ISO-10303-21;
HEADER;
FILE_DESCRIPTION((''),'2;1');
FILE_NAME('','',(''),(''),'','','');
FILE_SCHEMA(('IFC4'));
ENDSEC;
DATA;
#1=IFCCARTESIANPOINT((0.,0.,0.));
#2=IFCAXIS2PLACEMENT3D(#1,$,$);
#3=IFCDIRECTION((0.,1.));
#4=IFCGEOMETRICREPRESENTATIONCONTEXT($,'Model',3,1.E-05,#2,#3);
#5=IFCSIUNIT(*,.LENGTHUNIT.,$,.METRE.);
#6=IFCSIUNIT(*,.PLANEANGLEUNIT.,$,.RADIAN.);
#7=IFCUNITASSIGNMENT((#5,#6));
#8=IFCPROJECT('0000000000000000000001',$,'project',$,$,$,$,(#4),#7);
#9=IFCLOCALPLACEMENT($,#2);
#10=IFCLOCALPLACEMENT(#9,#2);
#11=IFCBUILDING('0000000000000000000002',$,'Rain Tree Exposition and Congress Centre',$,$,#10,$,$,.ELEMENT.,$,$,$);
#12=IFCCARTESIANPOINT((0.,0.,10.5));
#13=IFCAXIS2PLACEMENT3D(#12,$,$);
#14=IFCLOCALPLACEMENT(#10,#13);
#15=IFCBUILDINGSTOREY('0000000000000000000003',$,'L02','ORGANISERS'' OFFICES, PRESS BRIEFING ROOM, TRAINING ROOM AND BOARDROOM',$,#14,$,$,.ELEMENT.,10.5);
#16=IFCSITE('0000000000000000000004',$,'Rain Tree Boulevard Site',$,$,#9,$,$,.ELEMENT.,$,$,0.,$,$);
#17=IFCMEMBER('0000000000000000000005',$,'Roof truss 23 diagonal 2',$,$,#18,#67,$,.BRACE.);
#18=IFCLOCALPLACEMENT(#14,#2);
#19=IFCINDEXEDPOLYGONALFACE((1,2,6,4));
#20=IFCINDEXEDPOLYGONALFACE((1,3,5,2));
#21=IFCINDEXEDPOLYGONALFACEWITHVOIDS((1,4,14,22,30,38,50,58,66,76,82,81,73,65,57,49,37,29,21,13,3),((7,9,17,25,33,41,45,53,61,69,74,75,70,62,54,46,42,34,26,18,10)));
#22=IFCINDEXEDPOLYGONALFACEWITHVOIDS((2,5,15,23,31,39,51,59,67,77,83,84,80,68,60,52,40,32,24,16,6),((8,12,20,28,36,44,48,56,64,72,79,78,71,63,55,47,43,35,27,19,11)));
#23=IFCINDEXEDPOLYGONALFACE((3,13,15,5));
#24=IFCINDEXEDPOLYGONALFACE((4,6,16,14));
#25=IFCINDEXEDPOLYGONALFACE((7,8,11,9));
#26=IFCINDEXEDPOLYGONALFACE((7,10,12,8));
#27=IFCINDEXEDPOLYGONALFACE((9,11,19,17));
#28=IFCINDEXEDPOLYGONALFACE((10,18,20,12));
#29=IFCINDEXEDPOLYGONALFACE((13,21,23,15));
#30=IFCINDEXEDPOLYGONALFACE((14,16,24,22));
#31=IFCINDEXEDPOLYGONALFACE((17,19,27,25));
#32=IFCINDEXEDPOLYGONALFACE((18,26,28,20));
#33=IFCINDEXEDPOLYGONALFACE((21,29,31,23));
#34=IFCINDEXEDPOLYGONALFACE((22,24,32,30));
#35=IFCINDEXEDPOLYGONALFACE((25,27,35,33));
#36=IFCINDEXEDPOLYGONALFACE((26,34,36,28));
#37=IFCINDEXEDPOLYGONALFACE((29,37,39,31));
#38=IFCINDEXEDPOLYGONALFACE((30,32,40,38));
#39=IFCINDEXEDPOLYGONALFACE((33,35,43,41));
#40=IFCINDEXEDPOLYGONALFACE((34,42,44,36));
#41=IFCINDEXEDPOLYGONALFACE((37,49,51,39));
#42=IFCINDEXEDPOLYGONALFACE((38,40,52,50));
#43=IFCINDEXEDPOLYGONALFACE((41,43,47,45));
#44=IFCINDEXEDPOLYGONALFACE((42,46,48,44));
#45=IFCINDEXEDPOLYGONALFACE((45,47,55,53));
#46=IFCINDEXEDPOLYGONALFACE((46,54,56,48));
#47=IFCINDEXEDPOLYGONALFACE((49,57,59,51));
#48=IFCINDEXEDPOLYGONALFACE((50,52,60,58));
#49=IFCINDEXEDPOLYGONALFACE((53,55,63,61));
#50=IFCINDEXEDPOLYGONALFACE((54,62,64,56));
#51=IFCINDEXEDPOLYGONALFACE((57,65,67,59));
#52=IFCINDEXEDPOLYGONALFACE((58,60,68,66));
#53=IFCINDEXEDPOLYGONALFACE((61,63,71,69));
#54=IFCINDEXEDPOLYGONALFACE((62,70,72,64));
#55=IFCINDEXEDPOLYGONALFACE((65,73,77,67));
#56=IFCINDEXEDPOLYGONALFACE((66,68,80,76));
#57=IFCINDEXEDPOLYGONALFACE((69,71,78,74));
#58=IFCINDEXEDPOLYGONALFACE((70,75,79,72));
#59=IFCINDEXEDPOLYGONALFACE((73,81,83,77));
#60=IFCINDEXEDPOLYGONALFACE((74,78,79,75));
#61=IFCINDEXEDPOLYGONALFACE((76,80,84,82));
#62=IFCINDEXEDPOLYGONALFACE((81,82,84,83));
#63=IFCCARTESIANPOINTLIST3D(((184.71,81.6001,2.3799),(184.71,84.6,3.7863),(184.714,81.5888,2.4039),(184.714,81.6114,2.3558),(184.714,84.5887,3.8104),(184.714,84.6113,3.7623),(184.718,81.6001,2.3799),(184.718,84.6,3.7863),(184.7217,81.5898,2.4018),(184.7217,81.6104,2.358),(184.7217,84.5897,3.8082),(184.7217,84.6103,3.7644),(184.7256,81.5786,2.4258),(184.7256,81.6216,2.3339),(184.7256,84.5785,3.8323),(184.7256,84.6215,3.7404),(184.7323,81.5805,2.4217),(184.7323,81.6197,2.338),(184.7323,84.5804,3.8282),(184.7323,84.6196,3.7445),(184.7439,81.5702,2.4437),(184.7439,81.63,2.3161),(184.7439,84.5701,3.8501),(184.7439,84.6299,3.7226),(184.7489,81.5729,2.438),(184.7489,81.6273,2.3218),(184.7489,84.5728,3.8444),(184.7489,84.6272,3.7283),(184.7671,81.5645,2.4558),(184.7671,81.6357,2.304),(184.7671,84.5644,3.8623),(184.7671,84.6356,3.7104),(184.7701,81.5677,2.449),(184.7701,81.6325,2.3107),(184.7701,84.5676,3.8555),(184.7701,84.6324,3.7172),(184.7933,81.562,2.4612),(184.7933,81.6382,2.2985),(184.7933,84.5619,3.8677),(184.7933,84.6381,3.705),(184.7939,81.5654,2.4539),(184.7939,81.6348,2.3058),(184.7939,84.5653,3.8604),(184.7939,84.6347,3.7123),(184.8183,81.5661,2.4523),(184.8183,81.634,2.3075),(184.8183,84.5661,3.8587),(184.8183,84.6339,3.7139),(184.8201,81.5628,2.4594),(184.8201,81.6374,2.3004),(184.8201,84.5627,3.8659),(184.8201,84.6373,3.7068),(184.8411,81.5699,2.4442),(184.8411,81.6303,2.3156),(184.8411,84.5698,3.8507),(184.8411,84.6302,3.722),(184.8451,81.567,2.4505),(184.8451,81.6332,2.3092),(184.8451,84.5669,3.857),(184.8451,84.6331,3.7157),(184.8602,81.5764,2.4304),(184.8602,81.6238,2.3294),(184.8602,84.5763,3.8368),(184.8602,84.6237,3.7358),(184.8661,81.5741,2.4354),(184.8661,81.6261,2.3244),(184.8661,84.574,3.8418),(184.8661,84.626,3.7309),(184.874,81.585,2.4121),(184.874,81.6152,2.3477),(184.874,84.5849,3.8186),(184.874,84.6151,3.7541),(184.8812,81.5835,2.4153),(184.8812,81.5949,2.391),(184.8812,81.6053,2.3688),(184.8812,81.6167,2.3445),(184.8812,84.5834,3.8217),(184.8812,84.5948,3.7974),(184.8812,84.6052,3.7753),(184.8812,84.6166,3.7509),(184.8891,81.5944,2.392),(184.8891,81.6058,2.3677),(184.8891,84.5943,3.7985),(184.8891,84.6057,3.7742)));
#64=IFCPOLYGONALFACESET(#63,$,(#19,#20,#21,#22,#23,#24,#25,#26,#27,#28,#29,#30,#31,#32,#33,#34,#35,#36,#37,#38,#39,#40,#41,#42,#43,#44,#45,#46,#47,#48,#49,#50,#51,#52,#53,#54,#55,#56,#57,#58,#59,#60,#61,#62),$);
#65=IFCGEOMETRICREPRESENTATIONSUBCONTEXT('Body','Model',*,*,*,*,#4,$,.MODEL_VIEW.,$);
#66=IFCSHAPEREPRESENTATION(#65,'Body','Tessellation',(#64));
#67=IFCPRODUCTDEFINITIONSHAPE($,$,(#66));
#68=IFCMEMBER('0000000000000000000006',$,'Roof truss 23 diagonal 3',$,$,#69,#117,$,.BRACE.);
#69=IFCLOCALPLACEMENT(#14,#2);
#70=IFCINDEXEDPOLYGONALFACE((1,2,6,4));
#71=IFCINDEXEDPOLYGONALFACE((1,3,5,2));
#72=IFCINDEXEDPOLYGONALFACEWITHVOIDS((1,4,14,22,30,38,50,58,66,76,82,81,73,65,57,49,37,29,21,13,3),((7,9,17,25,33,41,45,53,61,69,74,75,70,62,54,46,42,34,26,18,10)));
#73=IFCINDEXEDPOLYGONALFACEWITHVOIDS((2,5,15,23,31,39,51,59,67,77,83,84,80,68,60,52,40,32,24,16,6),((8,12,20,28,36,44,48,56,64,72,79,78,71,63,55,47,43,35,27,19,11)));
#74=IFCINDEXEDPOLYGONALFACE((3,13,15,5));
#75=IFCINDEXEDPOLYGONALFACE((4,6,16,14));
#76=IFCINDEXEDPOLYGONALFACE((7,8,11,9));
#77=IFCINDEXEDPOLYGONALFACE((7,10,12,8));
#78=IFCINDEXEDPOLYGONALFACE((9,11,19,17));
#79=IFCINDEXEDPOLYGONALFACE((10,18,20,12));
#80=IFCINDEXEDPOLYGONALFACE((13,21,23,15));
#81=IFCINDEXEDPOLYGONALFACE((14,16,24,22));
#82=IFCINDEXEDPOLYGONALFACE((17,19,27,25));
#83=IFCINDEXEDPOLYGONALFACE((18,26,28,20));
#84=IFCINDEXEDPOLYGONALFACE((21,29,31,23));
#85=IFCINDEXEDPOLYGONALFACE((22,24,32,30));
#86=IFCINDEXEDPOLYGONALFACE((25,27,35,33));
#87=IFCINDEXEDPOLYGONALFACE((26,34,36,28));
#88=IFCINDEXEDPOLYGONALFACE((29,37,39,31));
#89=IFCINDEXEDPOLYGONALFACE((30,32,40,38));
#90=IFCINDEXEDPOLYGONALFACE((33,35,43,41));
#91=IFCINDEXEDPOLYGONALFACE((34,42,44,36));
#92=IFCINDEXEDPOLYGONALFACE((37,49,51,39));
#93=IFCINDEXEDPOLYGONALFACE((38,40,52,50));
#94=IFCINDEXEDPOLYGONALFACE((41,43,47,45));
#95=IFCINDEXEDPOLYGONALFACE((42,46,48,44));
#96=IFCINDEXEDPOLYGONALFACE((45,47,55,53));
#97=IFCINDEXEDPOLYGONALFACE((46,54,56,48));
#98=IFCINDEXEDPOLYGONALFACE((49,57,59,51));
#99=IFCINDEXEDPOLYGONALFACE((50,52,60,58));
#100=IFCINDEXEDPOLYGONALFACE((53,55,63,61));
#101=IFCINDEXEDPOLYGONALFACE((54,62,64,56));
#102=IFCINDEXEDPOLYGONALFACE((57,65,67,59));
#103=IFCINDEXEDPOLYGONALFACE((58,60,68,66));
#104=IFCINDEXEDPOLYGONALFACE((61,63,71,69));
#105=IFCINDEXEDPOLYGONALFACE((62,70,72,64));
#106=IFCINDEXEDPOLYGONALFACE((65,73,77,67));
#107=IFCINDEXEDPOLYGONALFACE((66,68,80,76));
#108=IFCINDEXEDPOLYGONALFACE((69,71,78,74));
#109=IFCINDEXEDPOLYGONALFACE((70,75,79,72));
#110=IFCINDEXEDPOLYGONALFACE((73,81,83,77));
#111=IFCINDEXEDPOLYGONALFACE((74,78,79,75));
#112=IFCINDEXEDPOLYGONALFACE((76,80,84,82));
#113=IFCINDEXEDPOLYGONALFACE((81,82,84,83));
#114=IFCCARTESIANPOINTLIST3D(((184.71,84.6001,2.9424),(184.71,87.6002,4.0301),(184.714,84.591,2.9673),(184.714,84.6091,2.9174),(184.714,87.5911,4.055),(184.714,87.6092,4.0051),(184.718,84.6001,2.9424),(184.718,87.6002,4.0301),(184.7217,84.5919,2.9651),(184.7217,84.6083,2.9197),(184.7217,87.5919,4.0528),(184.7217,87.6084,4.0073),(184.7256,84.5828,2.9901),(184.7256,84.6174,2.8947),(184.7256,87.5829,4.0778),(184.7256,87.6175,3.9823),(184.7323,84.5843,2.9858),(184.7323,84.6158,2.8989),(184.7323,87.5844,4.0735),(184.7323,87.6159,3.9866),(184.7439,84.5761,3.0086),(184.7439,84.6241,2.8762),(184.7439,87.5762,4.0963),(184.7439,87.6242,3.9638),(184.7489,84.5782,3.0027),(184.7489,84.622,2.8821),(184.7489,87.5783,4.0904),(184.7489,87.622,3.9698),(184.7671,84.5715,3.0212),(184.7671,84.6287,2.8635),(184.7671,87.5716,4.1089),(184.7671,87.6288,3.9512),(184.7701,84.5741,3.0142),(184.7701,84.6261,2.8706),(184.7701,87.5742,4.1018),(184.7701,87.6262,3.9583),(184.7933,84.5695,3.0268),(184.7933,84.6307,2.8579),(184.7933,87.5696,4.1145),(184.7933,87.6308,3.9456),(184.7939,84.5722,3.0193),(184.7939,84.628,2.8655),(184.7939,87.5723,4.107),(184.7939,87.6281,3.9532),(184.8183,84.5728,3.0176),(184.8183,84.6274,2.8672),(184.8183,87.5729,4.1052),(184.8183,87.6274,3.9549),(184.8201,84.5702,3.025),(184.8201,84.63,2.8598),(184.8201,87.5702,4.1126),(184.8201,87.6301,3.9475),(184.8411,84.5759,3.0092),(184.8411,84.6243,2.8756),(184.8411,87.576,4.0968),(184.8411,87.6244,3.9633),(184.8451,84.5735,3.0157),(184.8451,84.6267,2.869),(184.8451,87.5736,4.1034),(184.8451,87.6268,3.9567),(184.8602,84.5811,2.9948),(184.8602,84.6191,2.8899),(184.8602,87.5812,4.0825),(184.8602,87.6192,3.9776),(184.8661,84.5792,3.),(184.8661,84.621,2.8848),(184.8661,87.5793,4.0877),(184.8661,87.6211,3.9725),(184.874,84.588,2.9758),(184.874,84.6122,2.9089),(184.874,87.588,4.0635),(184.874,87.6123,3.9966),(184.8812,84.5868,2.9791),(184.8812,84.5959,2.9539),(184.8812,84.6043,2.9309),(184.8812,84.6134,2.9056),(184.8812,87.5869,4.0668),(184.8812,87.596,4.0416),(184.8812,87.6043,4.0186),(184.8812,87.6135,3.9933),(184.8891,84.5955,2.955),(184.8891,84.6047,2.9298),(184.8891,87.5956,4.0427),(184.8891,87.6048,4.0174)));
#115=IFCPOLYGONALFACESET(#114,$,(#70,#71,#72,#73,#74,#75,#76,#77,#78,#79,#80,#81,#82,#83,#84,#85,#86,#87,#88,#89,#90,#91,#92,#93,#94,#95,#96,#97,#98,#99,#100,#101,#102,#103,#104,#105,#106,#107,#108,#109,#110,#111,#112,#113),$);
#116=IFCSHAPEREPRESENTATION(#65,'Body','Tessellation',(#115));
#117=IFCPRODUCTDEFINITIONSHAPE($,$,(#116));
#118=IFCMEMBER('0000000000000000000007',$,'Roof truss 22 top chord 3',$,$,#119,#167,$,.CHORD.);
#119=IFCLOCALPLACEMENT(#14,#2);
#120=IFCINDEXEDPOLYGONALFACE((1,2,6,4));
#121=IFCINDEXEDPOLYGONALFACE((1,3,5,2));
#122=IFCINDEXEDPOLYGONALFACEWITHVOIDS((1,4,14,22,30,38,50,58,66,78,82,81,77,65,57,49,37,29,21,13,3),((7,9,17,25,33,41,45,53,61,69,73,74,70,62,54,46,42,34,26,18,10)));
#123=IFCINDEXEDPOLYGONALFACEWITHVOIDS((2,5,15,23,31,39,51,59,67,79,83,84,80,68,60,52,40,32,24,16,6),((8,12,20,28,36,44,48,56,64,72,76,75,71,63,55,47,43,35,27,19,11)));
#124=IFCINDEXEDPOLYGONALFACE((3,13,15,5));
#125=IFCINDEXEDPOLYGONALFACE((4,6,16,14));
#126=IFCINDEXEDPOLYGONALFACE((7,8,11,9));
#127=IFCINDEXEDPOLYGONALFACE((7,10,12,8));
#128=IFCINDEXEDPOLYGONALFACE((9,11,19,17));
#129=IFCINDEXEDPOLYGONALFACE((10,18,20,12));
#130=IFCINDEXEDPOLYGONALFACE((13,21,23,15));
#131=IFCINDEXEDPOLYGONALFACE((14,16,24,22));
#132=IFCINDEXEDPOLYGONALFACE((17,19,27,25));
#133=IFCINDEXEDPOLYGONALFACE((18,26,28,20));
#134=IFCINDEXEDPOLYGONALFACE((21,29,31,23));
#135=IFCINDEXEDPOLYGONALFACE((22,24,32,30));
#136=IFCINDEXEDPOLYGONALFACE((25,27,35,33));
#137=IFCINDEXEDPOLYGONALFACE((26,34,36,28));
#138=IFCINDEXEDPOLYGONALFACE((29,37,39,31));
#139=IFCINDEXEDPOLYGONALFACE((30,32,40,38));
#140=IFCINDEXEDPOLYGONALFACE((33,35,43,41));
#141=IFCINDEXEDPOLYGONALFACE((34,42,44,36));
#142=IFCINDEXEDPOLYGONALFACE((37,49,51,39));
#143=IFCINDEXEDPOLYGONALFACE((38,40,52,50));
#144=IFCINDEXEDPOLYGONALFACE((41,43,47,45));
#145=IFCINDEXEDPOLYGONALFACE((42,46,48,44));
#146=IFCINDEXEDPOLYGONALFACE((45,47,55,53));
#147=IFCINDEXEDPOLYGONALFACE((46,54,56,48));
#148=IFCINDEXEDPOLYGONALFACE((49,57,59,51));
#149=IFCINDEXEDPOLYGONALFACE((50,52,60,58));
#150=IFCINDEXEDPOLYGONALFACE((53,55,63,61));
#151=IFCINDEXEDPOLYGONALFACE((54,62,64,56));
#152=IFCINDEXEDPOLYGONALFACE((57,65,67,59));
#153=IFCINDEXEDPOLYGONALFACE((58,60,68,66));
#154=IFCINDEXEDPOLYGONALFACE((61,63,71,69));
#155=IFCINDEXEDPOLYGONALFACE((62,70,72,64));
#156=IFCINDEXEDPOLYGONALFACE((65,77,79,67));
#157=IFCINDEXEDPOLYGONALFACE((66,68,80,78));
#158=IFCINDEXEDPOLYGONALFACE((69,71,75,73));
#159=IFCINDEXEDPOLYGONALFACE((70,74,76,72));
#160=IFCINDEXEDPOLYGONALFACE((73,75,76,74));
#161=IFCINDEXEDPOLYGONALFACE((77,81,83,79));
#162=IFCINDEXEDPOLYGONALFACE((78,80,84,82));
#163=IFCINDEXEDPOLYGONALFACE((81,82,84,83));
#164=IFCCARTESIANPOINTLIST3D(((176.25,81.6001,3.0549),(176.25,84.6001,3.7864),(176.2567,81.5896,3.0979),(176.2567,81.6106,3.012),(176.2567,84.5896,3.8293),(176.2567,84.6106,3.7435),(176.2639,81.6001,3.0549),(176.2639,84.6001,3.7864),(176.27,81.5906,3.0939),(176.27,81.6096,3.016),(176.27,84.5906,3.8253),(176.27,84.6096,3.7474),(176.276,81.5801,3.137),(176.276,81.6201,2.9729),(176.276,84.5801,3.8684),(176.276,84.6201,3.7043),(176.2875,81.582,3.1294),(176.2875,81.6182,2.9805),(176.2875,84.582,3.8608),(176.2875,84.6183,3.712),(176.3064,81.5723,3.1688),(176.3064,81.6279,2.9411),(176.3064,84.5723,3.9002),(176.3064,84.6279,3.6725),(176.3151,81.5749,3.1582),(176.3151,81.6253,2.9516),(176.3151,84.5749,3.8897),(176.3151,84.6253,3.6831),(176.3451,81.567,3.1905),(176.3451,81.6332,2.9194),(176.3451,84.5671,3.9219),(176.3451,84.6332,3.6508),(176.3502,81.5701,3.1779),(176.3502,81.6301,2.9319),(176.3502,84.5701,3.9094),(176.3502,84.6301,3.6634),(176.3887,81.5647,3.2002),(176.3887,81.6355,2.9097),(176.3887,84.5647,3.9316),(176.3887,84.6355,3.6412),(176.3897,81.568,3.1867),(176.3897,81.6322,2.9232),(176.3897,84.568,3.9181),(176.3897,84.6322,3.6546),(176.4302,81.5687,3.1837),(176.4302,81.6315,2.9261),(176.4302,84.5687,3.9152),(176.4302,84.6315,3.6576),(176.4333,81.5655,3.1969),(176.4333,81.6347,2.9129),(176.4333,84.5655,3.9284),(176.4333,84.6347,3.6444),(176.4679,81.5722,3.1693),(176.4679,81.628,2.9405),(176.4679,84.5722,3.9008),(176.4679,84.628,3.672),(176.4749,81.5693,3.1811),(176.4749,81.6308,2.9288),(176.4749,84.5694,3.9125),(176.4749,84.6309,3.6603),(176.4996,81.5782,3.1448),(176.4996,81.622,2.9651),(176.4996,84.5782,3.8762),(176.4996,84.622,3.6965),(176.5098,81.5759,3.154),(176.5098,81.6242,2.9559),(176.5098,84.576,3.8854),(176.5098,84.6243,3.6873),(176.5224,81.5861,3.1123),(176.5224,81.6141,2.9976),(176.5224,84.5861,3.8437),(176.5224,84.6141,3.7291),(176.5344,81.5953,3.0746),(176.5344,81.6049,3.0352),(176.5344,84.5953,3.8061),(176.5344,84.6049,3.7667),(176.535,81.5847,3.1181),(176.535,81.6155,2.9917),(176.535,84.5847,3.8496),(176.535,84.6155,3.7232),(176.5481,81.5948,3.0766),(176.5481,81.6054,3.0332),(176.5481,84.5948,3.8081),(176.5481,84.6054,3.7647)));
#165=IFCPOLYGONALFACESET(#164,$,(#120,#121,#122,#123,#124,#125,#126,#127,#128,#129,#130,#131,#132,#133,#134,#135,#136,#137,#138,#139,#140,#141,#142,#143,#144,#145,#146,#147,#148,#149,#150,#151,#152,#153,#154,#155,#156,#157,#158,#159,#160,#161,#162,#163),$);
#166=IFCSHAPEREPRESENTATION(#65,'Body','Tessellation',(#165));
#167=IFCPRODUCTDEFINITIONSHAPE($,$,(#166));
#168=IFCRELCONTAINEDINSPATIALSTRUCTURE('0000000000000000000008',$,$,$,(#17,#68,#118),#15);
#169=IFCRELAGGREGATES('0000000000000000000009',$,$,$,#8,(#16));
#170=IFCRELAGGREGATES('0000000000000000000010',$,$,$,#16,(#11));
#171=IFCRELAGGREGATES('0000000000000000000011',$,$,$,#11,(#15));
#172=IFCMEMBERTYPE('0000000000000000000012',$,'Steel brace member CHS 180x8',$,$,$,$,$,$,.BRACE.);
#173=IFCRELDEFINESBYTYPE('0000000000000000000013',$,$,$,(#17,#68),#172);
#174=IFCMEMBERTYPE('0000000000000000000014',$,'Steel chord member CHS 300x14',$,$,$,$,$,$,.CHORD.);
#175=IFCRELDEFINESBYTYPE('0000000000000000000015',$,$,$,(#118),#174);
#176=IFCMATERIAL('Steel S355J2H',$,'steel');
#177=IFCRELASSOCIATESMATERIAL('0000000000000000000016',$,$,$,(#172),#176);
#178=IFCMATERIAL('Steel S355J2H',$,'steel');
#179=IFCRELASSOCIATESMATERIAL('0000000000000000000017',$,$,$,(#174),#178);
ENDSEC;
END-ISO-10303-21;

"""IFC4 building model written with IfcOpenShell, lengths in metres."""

from ifc_helpers import new_model, si_unit, direction, frame, origin, origin_2d, place, context, subcontext, project, spatial, hollow_circle, extrude, material, material_profile, profile_set, type_object, element, save


model = new_model("IFC4")

# Units and contexts
model_context = context("Model", 3, precision=1e-05, world=origin(), true_north=direction((0.0, 1.0)))
body_context = subcontext(model_context, "Body", "Model", "MODEL_VIEW")
ifc_project = project(units=[si_unit("LENGTHUNIT", "METRE"), si_unit("PLANEANGLEUNIT", "RADIAN")], contexts=[model_context])

# Site, building, storey
site_placement = place(None, origin())
site = spatial("IfcSite", under=ifc_project, at=site_placement, Name="Rain Tree Boulevard Site", CompositionType="ELEMENT", RefElevation=0.0)
building_placement = place(site_placement, origin())
building = spatial("IfcBuilding", under=site, at=building_placement, Name="Rain Tree Exposition and Congress Centre", CompositionType="ELEMENT")
storey_placement = place(building_placement, frame((0.0, 0.0, 10.5)))
storey = spatial("IfcBuildingStorey", under=building, at=storey_placement, Name="L02", Description="ORGANISERS' OFFICES, PRESS BRIEFING ROOM, TRAINING ROOM AND BOARDROOM", CompositionType="ELEMENT", Elevation=10.5)

# Members
ifc_material_1 = material(Name="Steel S355J2H", Category="steel")
ifc_material_profile_1 = material_profile(ifc_material_1, hollow_circle(Radius=0.0901, WallThickness=0.0081, at=origin_2d()), Name="CHS 180x8")
ifc_profile_set_1 = profile_set([ifc_material_profile_1], Name="Steel S355J2H")
member_type_1 = type_object("IfcMemberType", Name="Steel brace member CHS 180x8", PredefinedType="BRACE", material=ifc_profile_set_1)
member_1_placement = place(storey_placement, frame((184.8, 81.6001, 2.3799), z_axis=(0.0, 0.905431, 0.424494), x_axis=(-1.0, 0.0, 0.0)))
element("IfcMember", 1, at=member_1_placement, inside=storey, type_object=member_type_1, Name="Roof truss 23 diagonal 2", PredefinedType="BRACE", context=body_context, shape_type="SweptSolid", body=[
    extrude(hollow_circle(Radius=0.0901, WallThickness=0.0081, at=origin_2d()), origin(), (0.0, 0.0, 1.0), 3.3132),
])
member_2_placement = place(storey_placement, frame((184.8, 84.6001, 2.9424), z_axis=(0.0, 0.940121, 0.34084), x_axis=(-1.0, 0.0, 0.0)))
element("IfcMember", 2, at=member_2_placement, inside=storey, type_object=member_type_1, Name="Roof truss 23 diagonal 3", PredefinedType="BRACE", context=body_context, shape_type="SweptSolid", body=[
    extrude(hollow_circle(Radius=0.0901, WallThickness=0.0081, at=origin_2d()), origin(), (0.0, 0.0, 1.0), 3.1912),
])
ifc_material_2 = material(Name="Steel S355J2H", Category="steel")
ifc_material_profile_2 = material_profile(ifc_material_2, hollow_circle(Radius=0.1499, WallThickness=0.0139, at=origin_2d()), Name="CHS 300x14")
ifc_profile_set_2 = profile_set([ifc_material_profile_2], Name="Steel S355J2H")
member_type_2 = type_object("IfcMemberType", Name="Steel chord member CHS 300x14", PredefinedType="CHORD", material=ifc_profile_set_2)
member_3_placement = place(storey_placement, frame((176.3999, 81.6001, 3.0549), z_axis=(0.0, 0.97154, 0.236876), x_axis=(-1.0, 0.0, 0.0)))
element("IfcMember", 3, at=member_3_placement, inside=storey, type_object=member_type_2, Name="Roof truss 22 top chord 3", PredefinedType="CHORD", context=body_context, shape_type="SweptSolid", body=[
    extrude(hollow_circle(Radius=0.1499, WallThickness=0.0139, at=origin_2d()), origin(), (0.0, 0.0, 1.0), 3.0879),
])

save(model, "model.ifc")
